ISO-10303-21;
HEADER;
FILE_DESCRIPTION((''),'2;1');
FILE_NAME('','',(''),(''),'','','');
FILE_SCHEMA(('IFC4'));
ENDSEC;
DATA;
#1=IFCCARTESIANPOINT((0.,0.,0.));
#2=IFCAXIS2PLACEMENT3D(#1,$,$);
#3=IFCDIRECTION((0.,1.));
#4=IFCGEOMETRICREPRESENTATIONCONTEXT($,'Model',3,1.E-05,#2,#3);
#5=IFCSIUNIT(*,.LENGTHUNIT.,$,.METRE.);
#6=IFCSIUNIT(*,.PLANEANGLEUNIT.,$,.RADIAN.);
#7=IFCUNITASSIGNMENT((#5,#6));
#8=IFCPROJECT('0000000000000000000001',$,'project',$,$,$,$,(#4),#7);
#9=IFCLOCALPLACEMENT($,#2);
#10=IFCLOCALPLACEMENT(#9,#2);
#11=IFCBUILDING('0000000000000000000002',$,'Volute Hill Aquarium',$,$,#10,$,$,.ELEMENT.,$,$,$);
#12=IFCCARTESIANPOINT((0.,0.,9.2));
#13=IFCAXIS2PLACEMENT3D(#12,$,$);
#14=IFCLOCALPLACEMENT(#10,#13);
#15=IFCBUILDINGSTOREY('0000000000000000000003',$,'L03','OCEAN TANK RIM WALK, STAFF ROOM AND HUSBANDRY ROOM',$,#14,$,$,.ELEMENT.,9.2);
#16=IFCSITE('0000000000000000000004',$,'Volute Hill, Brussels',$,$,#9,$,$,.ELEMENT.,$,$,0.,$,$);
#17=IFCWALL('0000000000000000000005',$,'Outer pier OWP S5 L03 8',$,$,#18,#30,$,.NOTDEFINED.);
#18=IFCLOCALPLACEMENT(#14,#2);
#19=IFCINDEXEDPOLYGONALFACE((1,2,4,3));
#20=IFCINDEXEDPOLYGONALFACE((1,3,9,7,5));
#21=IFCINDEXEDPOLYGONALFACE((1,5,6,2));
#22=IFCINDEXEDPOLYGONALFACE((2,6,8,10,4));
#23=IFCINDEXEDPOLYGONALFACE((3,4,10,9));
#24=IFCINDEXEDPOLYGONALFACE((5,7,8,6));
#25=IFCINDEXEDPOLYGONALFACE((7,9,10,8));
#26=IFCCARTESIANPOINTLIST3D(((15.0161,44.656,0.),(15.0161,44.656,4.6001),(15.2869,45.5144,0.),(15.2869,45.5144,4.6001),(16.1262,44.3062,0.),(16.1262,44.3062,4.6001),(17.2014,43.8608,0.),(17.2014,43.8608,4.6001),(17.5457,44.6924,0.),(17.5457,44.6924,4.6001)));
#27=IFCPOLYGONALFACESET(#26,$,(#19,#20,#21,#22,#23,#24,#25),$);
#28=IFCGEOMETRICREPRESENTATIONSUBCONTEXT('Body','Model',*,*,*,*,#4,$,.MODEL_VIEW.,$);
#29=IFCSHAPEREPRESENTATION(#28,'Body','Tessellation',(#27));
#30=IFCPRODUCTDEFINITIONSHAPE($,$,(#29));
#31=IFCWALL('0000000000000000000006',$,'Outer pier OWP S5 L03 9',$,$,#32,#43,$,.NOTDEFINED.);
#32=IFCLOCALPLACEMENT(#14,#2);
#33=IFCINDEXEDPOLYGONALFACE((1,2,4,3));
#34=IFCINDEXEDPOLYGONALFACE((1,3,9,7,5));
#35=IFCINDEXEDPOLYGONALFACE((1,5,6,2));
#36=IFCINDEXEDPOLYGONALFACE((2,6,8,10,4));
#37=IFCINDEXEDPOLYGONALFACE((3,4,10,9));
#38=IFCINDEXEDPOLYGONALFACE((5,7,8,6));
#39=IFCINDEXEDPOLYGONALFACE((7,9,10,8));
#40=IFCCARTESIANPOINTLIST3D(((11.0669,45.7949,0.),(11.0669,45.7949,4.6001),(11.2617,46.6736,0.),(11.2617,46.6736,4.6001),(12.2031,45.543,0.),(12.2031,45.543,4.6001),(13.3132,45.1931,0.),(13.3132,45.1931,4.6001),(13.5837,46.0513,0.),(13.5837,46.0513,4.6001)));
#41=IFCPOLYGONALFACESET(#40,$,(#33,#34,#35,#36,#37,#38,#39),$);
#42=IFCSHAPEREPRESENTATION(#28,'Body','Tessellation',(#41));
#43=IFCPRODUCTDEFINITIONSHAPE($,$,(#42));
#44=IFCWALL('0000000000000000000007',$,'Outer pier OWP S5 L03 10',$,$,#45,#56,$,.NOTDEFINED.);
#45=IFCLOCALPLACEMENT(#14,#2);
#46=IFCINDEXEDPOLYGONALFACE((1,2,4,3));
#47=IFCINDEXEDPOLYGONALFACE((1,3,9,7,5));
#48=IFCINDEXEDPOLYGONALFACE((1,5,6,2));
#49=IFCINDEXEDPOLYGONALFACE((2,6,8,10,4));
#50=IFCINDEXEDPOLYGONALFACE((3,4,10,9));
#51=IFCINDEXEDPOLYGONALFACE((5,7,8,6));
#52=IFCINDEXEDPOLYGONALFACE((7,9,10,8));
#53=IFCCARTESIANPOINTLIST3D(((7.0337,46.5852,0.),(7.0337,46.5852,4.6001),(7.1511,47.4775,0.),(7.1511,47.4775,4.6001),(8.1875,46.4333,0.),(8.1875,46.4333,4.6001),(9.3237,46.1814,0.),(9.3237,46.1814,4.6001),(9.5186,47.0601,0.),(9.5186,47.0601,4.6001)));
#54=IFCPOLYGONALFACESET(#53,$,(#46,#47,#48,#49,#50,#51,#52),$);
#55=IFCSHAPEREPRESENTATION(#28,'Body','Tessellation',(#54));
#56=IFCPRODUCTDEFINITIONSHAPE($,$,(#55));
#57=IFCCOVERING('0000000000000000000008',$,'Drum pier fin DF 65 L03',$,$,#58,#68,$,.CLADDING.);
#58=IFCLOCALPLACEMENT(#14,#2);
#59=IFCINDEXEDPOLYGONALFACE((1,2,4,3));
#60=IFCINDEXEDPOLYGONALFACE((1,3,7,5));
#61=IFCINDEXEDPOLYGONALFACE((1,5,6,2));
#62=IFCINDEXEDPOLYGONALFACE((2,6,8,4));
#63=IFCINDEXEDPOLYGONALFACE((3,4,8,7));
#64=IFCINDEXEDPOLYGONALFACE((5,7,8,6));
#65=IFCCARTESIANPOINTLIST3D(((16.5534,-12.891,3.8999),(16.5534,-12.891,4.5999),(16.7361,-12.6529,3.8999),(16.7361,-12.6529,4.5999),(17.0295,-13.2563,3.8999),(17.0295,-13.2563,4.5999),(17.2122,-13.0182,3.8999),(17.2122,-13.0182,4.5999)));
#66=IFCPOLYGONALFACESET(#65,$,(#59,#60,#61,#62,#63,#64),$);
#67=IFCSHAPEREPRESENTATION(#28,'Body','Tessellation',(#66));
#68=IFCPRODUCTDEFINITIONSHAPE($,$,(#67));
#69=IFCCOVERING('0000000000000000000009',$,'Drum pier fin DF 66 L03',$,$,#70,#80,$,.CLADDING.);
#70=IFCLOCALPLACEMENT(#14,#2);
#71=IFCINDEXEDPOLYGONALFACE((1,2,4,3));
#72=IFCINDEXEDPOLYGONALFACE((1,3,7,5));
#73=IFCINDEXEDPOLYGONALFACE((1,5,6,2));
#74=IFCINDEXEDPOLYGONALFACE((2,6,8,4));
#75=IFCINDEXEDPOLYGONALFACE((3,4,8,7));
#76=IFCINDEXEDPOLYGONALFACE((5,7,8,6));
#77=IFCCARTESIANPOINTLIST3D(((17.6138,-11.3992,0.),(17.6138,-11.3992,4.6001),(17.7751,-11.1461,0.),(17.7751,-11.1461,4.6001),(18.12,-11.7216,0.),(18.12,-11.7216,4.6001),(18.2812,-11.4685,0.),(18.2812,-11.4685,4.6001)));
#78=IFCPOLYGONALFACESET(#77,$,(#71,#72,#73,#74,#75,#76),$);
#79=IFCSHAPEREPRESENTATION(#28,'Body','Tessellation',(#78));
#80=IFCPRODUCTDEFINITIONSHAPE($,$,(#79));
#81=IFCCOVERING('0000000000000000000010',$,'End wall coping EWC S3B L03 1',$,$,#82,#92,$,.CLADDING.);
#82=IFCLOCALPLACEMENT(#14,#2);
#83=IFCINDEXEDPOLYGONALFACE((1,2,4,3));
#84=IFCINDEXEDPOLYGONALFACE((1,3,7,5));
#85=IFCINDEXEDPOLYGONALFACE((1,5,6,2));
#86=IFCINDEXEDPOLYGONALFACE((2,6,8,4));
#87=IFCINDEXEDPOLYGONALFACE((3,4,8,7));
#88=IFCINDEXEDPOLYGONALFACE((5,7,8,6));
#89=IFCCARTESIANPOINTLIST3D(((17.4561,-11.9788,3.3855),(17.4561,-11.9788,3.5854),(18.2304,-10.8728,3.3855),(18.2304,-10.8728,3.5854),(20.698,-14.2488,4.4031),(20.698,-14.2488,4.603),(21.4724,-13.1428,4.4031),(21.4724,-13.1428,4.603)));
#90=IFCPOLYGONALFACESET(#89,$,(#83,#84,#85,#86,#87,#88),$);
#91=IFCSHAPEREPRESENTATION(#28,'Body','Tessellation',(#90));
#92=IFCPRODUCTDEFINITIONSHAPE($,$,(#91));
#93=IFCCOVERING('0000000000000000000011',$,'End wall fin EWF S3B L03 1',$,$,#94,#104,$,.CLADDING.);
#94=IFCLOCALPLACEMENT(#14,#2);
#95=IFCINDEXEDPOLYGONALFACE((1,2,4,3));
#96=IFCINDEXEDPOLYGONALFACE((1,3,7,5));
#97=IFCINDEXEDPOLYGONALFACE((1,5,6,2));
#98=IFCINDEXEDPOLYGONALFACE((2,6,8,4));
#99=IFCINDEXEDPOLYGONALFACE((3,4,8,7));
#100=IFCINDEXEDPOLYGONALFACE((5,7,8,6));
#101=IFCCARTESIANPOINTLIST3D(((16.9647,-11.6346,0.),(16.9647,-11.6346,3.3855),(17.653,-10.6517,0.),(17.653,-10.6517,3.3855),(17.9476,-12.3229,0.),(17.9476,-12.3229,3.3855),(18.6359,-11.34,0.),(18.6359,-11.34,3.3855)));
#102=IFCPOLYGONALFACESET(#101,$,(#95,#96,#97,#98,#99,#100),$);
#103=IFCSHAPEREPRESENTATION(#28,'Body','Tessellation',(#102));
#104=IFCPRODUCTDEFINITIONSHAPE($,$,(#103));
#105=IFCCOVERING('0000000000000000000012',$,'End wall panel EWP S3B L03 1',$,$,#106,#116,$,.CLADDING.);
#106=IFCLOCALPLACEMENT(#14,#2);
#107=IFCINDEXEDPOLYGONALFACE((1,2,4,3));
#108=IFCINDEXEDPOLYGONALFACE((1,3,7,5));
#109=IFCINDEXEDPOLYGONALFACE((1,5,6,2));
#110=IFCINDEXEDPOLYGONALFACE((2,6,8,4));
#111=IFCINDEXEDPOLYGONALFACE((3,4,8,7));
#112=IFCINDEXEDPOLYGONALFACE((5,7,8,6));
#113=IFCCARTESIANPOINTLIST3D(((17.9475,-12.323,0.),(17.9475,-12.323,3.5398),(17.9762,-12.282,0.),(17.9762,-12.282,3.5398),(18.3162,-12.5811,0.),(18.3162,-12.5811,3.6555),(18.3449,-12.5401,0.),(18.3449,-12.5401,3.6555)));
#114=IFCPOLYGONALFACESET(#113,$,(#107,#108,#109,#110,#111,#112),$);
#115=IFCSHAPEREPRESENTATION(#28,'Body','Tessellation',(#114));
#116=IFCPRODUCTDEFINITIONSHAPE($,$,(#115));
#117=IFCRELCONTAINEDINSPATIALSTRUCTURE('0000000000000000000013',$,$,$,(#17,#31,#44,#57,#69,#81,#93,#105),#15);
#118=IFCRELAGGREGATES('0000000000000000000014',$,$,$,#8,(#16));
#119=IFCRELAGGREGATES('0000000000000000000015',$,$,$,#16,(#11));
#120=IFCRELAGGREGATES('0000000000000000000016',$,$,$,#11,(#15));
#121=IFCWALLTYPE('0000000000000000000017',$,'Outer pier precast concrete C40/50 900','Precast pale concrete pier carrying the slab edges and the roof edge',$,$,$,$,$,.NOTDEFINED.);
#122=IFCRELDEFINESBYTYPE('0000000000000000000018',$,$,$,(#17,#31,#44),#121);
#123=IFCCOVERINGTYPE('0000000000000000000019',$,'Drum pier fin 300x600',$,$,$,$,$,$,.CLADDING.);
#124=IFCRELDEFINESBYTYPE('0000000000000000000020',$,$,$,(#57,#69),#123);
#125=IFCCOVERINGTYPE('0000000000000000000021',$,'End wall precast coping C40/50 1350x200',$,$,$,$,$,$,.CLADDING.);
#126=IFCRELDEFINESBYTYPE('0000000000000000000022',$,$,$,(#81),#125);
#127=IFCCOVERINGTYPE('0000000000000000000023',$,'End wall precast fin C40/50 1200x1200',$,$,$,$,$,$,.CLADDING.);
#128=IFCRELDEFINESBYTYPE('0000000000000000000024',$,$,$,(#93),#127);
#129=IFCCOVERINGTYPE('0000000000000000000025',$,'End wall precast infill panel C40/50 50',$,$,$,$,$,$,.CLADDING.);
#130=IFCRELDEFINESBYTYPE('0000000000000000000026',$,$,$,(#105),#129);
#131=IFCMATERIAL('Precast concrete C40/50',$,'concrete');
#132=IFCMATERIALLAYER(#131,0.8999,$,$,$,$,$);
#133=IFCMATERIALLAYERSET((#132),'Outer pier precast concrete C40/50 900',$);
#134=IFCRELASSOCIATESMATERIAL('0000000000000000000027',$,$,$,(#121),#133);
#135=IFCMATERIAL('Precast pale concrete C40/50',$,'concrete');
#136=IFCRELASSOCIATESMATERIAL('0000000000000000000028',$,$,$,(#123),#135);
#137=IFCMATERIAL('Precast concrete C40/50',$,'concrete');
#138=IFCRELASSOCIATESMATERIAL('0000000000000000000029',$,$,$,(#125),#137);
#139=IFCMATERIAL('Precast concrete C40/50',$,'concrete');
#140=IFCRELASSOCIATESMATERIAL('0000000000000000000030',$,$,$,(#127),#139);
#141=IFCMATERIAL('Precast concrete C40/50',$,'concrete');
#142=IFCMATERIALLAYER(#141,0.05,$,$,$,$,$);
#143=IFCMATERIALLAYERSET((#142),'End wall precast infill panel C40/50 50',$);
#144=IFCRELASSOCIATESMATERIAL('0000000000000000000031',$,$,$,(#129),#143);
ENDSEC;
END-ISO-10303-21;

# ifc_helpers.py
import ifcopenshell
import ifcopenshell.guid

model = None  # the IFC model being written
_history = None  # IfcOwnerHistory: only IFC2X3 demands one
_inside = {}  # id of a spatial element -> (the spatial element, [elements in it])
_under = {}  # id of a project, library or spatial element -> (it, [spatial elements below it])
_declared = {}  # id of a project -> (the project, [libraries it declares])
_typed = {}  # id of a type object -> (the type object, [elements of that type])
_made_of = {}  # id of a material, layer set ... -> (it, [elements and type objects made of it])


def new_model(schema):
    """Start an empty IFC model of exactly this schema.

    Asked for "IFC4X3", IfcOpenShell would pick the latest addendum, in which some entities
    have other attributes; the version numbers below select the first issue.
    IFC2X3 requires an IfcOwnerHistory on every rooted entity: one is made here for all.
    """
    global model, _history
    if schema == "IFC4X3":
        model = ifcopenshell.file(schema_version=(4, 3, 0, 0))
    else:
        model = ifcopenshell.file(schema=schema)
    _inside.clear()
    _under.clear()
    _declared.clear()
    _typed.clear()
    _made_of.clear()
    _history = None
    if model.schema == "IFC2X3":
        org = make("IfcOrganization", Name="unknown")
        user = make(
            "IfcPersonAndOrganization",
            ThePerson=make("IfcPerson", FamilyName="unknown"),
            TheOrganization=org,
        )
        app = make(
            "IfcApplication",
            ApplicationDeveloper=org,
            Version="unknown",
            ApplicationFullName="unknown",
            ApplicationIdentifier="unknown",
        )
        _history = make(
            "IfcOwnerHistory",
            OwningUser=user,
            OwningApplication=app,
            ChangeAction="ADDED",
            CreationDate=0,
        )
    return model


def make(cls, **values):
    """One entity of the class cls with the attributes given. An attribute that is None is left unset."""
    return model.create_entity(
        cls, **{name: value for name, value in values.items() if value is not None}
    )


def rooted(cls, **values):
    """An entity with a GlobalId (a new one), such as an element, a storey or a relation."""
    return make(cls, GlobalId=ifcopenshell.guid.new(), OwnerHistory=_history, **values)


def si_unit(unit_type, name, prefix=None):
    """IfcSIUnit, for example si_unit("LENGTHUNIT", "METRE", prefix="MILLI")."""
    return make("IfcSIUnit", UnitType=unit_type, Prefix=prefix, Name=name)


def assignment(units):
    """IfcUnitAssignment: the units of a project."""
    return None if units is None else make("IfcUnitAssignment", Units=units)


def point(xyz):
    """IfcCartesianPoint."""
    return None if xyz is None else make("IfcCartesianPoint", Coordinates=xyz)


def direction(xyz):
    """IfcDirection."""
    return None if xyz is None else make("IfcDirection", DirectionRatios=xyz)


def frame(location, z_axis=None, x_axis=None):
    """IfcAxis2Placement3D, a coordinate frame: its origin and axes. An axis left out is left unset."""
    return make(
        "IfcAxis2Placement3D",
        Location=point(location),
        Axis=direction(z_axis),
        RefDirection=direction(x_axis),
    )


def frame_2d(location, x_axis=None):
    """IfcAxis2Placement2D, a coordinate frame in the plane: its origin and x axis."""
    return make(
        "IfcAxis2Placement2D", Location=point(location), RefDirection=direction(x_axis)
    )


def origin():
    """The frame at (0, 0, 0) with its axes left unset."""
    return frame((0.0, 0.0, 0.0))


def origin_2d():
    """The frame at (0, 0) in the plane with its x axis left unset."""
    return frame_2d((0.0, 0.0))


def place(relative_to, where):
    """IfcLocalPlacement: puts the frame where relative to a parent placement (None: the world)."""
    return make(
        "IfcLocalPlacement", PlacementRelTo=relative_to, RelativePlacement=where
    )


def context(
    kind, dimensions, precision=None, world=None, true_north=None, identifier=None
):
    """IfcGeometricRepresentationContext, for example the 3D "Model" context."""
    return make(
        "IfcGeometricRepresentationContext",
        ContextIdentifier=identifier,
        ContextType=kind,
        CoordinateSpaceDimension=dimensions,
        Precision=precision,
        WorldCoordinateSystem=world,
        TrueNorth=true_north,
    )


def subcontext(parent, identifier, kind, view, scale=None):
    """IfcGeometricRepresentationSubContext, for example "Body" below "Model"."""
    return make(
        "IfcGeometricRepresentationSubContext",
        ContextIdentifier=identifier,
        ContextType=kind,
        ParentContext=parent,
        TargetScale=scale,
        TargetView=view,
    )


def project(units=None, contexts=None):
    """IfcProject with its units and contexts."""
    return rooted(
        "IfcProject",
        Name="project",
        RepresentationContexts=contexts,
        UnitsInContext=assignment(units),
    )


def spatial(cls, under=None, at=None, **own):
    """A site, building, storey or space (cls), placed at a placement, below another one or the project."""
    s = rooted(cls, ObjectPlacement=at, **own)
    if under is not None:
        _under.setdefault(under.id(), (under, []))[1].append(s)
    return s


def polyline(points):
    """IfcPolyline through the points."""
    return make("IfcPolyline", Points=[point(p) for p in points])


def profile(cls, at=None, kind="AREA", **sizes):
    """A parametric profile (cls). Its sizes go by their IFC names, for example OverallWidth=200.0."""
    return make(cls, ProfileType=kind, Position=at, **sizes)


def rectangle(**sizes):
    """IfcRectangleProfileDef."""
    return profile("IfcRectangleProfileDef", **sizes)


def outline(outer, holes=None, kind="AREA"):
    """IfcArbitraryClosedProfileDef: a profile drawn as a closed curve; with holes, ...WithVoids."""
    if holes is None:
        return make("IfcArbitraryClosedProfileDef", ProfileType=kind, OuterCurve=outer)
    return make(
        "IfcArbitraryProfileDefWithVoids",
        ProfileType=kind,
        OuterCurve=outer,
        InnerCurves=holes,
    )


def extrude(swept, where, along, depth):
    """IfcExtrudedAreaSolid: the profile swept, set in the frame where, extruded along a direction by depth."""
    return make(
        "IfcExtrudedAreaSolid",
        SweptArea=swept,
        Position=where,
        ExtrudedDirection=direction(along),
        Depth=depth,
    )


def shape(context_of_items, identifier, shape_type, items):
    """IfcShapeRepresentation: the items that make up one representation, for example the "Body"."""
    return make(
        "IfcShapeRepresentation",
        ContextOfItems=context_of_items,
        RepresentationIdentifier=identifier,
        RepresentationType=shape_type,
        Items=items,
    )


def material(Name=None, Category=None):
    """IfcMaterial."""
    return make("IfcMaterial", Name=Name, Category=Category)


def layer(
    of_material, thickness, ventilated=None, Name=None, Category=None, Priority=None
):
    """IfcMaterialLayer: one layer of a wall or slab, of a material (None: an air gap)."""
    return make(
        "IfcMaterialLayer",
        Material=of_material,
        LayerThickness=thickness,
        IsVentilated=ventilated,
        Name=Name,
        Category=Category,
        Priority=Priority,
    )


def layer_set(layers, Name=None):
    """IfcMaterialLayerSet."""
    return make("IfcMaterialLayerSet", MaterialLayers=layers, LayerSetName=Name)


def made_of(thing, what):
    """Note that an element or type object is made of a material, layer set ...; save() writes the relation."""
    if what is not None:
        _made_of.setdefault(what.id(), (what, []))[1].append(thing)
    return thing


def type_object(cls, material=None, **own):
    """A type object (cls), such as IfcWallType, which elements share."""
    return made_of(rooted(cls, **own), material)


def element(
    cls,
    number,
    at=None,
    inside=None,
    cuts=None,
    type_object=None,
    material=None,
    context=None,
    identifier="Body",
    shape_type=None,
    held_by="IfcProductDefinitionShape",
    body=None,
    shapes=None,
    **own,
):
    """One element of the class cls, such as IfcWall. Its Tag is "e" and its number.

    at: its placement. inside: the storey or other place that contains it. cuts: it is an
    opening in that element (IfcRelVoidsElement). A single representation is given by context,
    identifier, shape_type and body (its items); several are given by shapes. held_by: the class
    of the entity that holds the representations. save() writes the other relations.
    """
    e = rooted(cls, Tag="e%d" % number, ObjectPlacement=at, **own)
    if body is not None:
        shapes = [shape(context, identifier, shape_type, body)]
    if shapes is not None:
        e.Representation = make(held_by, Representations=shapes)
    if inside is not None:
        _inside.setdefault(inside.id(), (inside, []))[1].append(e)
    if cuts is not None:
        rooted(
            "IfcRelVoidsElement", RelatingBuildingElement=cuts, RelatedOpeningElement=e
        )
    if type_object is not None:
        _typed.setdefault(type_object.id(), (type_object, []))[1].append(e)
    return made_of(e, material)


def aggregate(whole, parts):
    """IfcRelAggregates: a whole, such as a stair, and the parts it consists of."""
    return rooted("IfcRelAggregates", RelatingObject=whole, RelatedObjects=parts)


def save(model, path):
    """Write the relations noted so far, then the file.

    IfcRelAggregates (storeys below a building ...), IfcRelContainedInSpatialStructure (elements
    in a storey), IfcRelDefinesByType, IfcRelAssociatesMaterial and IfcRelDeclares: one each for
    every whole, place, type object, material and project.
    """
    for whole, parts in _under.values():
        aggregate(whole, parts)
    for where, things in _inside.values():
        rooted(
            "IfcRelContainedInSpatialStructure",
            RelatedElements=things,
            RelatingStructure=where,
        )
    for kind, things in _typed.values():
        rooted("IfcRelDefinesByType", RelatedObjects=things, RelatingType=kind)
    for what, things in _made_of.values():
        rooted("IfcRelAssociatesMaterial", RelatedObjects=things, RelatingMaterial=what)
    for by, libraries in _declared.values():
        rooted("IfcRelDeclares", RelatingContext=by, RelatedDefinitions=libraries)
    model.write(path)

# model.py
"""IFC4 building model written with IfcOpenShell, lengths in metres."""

from ifc_helpers import new_model, si_unit, direction, frame, origin, origin_2d, place, context, subcontext, project, spatial, polyline, rectangle, outline, extrude, material, layer, layer_set, type_object, element, save


model = new_model("IFC4")

# Units and contexts
model_context = context("Model", 3, precision=1e-05, world=origin(), true_north=direction((0.0, 1.0)))
body_context = subcontext(model_context, "Body", "Model", "MODEL_VIEW")
ifc_project = project(units=[si_unit("LENGTHUNIT", "METRE"), si_unit("PLANEANGLEUNIT", "RADIAN")], contexts=[model_context])

# Site, building, storey
site_placement = place(None, origin())
site = spatial("IfcSite", under=ifc_project, at=site_placement, Name="Volute Hill, Brussels", CompositionType="ELEMENT", RefElevation=0.0)
building_placement = place(site_placement, origin())
building = spatial("IfcBuilding", under=site, at=building_placement, Name="Volute Hill Aquarium", CompositionType="ELEMENT")
storey_placement = place(building_placement, frame((0.0, 0.0, 9.2)))
storey = spatial("IfcBuildingStorey", under=building, at=storey_placement, Name="L03", Description="OCEAN TANK RIM WALK, STAFF ROOM AND HUSBANDRY ROOM", CompositionType="ELEMENT", Elevation=9.2)

# Walls
ifc_material_1 = material(Name="Precast concrete C40/50", Category="concrete")
ifc_layer_1 = layer(ifc_material_1, 0.8999)
ifc_layer_set_1 = layer_set([ifc_layer_1], Name="Outer pier precast concrete C40/50 900")
wall_type_1 = type_object("IfcWallType", Name="Outer pier precast concrete C40/50 900", Description="Precast pale concrete pier carrying the slab edges and the roof edge", PredefinedType="NOTDEFINED", material=ifc_layer_set_1)
wall_1_placement = place(storey_placement, origin())
element("IfcWall", 1, at=wall_1_placement, inside=storey, type_object=wall_type_1, Name="Outer pier OWP S5 L03 8", PredefinedType="NOTDEFINED", context=body_context, shape_type="SweptSolid", body=[
    extrude(outline(polyline([(17.2014, 43.8608), (17.5457, 44.6924), (15.2869, 45.5144), (15.0161, 44.656), (16.1262, 44.3062), (17.2014, 43.8608)])), origin(), (0.0, 0.0, 1.0), 4.6001),
])
wall_2_placement = place(storey_placement, origin())
element("IfcWall", 2, at=wall_2_placement, inside=storey, type_object=wall_type_1, Name="Outer pier OWP S5 L03 9", PredefinedType="NOTDEFINED", context=body_context, shape_type="SweptSolid", body=[
    extrude(outline(polyline([(13.3132, 45.1931), (13.5837, 46.0513), (11.2617, 46.6736), (11.0669, 45.7949), (12.2031, 45.543), (13.3132, 45.1931)])), origin(), (0.0, 0.0, 1.0), 4.6001),
])
wall_3_placement = place(storey_placement, origin())
element("IfcWall", 3, at=wall_3_placement, inside=storey, type_object=wall_type_1, Name="Outer pier OWP S5 L03 10", PredefinedType="NOTDEFINED", context=body_context, shape_type="SweptSolid", body=[
    extrude(outline(polyline([(9.3237, 46.1814), (9.5186, 47.0601), (7.1511, 47.4775), (7.0337, 46.5852), (8.1875, 46.4333), (9.3237, 46.1814)])), origin(), (0.0, 0.0, 1.0), 4.6001),
])

# Coverings
ifc_material_2 = material(Name="Precast pale concrete C40/50", Category="concrete")
covering_type_1 = type_object("IfcCoveringType", Name="Drum pier fin 300x600", PredefinedType="CLADDING", material=ifc_material_2)
covering_1_placement = place(storey_placement, frame((16.8828, -12.9546, 3.8999), z_axis=(0.0, 0.0, 1.0), x_axis=(0.608761, 0.793353, 0.0)))
element("IfcCovering", 4, at=covering_1_placement, inside=storey, type_object=covering_type_1, Name="Drum pier fin DF 65 L03", PredefinedType="CLADDING", context=body_context, shape_type="SweptSolid", body=[
    extrude(rectangle(XDim=0.3, YDim=0.6001, at=origin_2d()), origin(), (0.0, 0.0, 1.0), 0.7),
])
covering_2_placement = place(storey_placement, frame((17.9475, -11.4338, 0.0), z_axis=(0.0, 0.0, 1.0), x_axis=(0.5373, 0.843391, 0.0)))
element("IfcCovering", 5, at=covering_2_placement, inside=storey, type_object=covering_type_1, Name="Drum pier fin DF 66 L03", PredefinedType="CLADDING", context=body_context, shape_type="SweptSolid", body=[
    extrude(rectangle(XDim=0.3, YDim=0.6001, at=origin_2d()), origin(), (0.0, 0.0, 1.0), 4.6001),
])
ifc_material_3 = material(Name="Precast concrete C40/50", Category="concrete")
covering_type_2 = type_object("IfcCoveringType", Name="End wall precast coping C40/50 1350x200", PredefinedType="CLADDING", material=ifc_material_3)
covering_3_placement = place(storey_placement, frame((17.4561, -11.9788, 3.3855), z_axis=(-0.573574, -0.819154, 0.0), x_axis=(0.79335, -0.555506, 0.249016)))
element("IfcCovering", 6, at=covering_3_placement, inside=storey, type_object=covering_type_2, Name="End wall coping EWC S3B L03 1", PredefinedType="CLADDING", context=body_context, shape_type="SweptSolid", body=[
    extrude(outline(polyline([(0.0, 0.0), (4.0864, 0.0), (4.1362, 0.1937), (0.0498, 0.1937), (0.0, 0.0)])), origin(), (0.0, 0.0, -1.0), 1.3501),
])
ifc_material_4 = material(Name="Precast concrete C40/50", Category="concrete")
covering_type_3 = type_object("IfcCoveringType", Name="End wall precast fin C40/50 1200x1200", PredefinedType="CLADDING", material=ifc_material_4)
covering_4_placement = place(storey_placement, frame((17.8003, -11.4873, 0.0), z_axis=(0.0, 0.0, 1.0), x_axis=(0.819151, -0.573578, 0.0)))
element("IfcCovering", 7, at=covering_4_placement, inside=storey, type_object=covering_type_3, Name="End wall fin EWF S3B L03 1", PredefinedType="CLADDING", context=body_context, shape_type="SweptSolid", body=[
    extrude(rectangle(XDim=1.2, YDim=1.2, at=origin_2d()), origin(), (0.0, 0.0, 1.0), 3.3855),
])
ifc_material_5 = material(Name="Precast concrete C40/50", Category="concrete")
ifc_layer_2 = layer(ifc_material_5, 0.05)
ifc_layer_set_2 = layer_set([ifc_layer_2], Name="End wall precast infill panel C40/50 50")
covering_type_4 = type_object("IfcCoveringType", Name="End wall precast infill panel C40/50 50", PredefinedType="CLADDING", material=ifc_layer_set_2)
covering_5_placement = place(storey_placement, frame((17.9475, -12.323, 0.0), z_axis=(-0.573462, -0.819232, 0.0), x_axis=(0.819232, -0.573462, 0.0)))
element("IfcCovering", 8, at=covering_5_placement, inside=storey, type_object=covering_type_4, Name="End wall panel EWP S3B L03 1", PredefinedType="CLADDING", context=body_context, shape_type="SweptSolid", body=[
    extrude(outline(polyline([(0.0, 0.0), (0.45, 0.0), (0.45, 3.6555), (0.0, 3.5398), (0.0, 0.0)])), origin(), (0.0, 0.0, -1.0), 0.05),
])

save(model, "model.ifc")
